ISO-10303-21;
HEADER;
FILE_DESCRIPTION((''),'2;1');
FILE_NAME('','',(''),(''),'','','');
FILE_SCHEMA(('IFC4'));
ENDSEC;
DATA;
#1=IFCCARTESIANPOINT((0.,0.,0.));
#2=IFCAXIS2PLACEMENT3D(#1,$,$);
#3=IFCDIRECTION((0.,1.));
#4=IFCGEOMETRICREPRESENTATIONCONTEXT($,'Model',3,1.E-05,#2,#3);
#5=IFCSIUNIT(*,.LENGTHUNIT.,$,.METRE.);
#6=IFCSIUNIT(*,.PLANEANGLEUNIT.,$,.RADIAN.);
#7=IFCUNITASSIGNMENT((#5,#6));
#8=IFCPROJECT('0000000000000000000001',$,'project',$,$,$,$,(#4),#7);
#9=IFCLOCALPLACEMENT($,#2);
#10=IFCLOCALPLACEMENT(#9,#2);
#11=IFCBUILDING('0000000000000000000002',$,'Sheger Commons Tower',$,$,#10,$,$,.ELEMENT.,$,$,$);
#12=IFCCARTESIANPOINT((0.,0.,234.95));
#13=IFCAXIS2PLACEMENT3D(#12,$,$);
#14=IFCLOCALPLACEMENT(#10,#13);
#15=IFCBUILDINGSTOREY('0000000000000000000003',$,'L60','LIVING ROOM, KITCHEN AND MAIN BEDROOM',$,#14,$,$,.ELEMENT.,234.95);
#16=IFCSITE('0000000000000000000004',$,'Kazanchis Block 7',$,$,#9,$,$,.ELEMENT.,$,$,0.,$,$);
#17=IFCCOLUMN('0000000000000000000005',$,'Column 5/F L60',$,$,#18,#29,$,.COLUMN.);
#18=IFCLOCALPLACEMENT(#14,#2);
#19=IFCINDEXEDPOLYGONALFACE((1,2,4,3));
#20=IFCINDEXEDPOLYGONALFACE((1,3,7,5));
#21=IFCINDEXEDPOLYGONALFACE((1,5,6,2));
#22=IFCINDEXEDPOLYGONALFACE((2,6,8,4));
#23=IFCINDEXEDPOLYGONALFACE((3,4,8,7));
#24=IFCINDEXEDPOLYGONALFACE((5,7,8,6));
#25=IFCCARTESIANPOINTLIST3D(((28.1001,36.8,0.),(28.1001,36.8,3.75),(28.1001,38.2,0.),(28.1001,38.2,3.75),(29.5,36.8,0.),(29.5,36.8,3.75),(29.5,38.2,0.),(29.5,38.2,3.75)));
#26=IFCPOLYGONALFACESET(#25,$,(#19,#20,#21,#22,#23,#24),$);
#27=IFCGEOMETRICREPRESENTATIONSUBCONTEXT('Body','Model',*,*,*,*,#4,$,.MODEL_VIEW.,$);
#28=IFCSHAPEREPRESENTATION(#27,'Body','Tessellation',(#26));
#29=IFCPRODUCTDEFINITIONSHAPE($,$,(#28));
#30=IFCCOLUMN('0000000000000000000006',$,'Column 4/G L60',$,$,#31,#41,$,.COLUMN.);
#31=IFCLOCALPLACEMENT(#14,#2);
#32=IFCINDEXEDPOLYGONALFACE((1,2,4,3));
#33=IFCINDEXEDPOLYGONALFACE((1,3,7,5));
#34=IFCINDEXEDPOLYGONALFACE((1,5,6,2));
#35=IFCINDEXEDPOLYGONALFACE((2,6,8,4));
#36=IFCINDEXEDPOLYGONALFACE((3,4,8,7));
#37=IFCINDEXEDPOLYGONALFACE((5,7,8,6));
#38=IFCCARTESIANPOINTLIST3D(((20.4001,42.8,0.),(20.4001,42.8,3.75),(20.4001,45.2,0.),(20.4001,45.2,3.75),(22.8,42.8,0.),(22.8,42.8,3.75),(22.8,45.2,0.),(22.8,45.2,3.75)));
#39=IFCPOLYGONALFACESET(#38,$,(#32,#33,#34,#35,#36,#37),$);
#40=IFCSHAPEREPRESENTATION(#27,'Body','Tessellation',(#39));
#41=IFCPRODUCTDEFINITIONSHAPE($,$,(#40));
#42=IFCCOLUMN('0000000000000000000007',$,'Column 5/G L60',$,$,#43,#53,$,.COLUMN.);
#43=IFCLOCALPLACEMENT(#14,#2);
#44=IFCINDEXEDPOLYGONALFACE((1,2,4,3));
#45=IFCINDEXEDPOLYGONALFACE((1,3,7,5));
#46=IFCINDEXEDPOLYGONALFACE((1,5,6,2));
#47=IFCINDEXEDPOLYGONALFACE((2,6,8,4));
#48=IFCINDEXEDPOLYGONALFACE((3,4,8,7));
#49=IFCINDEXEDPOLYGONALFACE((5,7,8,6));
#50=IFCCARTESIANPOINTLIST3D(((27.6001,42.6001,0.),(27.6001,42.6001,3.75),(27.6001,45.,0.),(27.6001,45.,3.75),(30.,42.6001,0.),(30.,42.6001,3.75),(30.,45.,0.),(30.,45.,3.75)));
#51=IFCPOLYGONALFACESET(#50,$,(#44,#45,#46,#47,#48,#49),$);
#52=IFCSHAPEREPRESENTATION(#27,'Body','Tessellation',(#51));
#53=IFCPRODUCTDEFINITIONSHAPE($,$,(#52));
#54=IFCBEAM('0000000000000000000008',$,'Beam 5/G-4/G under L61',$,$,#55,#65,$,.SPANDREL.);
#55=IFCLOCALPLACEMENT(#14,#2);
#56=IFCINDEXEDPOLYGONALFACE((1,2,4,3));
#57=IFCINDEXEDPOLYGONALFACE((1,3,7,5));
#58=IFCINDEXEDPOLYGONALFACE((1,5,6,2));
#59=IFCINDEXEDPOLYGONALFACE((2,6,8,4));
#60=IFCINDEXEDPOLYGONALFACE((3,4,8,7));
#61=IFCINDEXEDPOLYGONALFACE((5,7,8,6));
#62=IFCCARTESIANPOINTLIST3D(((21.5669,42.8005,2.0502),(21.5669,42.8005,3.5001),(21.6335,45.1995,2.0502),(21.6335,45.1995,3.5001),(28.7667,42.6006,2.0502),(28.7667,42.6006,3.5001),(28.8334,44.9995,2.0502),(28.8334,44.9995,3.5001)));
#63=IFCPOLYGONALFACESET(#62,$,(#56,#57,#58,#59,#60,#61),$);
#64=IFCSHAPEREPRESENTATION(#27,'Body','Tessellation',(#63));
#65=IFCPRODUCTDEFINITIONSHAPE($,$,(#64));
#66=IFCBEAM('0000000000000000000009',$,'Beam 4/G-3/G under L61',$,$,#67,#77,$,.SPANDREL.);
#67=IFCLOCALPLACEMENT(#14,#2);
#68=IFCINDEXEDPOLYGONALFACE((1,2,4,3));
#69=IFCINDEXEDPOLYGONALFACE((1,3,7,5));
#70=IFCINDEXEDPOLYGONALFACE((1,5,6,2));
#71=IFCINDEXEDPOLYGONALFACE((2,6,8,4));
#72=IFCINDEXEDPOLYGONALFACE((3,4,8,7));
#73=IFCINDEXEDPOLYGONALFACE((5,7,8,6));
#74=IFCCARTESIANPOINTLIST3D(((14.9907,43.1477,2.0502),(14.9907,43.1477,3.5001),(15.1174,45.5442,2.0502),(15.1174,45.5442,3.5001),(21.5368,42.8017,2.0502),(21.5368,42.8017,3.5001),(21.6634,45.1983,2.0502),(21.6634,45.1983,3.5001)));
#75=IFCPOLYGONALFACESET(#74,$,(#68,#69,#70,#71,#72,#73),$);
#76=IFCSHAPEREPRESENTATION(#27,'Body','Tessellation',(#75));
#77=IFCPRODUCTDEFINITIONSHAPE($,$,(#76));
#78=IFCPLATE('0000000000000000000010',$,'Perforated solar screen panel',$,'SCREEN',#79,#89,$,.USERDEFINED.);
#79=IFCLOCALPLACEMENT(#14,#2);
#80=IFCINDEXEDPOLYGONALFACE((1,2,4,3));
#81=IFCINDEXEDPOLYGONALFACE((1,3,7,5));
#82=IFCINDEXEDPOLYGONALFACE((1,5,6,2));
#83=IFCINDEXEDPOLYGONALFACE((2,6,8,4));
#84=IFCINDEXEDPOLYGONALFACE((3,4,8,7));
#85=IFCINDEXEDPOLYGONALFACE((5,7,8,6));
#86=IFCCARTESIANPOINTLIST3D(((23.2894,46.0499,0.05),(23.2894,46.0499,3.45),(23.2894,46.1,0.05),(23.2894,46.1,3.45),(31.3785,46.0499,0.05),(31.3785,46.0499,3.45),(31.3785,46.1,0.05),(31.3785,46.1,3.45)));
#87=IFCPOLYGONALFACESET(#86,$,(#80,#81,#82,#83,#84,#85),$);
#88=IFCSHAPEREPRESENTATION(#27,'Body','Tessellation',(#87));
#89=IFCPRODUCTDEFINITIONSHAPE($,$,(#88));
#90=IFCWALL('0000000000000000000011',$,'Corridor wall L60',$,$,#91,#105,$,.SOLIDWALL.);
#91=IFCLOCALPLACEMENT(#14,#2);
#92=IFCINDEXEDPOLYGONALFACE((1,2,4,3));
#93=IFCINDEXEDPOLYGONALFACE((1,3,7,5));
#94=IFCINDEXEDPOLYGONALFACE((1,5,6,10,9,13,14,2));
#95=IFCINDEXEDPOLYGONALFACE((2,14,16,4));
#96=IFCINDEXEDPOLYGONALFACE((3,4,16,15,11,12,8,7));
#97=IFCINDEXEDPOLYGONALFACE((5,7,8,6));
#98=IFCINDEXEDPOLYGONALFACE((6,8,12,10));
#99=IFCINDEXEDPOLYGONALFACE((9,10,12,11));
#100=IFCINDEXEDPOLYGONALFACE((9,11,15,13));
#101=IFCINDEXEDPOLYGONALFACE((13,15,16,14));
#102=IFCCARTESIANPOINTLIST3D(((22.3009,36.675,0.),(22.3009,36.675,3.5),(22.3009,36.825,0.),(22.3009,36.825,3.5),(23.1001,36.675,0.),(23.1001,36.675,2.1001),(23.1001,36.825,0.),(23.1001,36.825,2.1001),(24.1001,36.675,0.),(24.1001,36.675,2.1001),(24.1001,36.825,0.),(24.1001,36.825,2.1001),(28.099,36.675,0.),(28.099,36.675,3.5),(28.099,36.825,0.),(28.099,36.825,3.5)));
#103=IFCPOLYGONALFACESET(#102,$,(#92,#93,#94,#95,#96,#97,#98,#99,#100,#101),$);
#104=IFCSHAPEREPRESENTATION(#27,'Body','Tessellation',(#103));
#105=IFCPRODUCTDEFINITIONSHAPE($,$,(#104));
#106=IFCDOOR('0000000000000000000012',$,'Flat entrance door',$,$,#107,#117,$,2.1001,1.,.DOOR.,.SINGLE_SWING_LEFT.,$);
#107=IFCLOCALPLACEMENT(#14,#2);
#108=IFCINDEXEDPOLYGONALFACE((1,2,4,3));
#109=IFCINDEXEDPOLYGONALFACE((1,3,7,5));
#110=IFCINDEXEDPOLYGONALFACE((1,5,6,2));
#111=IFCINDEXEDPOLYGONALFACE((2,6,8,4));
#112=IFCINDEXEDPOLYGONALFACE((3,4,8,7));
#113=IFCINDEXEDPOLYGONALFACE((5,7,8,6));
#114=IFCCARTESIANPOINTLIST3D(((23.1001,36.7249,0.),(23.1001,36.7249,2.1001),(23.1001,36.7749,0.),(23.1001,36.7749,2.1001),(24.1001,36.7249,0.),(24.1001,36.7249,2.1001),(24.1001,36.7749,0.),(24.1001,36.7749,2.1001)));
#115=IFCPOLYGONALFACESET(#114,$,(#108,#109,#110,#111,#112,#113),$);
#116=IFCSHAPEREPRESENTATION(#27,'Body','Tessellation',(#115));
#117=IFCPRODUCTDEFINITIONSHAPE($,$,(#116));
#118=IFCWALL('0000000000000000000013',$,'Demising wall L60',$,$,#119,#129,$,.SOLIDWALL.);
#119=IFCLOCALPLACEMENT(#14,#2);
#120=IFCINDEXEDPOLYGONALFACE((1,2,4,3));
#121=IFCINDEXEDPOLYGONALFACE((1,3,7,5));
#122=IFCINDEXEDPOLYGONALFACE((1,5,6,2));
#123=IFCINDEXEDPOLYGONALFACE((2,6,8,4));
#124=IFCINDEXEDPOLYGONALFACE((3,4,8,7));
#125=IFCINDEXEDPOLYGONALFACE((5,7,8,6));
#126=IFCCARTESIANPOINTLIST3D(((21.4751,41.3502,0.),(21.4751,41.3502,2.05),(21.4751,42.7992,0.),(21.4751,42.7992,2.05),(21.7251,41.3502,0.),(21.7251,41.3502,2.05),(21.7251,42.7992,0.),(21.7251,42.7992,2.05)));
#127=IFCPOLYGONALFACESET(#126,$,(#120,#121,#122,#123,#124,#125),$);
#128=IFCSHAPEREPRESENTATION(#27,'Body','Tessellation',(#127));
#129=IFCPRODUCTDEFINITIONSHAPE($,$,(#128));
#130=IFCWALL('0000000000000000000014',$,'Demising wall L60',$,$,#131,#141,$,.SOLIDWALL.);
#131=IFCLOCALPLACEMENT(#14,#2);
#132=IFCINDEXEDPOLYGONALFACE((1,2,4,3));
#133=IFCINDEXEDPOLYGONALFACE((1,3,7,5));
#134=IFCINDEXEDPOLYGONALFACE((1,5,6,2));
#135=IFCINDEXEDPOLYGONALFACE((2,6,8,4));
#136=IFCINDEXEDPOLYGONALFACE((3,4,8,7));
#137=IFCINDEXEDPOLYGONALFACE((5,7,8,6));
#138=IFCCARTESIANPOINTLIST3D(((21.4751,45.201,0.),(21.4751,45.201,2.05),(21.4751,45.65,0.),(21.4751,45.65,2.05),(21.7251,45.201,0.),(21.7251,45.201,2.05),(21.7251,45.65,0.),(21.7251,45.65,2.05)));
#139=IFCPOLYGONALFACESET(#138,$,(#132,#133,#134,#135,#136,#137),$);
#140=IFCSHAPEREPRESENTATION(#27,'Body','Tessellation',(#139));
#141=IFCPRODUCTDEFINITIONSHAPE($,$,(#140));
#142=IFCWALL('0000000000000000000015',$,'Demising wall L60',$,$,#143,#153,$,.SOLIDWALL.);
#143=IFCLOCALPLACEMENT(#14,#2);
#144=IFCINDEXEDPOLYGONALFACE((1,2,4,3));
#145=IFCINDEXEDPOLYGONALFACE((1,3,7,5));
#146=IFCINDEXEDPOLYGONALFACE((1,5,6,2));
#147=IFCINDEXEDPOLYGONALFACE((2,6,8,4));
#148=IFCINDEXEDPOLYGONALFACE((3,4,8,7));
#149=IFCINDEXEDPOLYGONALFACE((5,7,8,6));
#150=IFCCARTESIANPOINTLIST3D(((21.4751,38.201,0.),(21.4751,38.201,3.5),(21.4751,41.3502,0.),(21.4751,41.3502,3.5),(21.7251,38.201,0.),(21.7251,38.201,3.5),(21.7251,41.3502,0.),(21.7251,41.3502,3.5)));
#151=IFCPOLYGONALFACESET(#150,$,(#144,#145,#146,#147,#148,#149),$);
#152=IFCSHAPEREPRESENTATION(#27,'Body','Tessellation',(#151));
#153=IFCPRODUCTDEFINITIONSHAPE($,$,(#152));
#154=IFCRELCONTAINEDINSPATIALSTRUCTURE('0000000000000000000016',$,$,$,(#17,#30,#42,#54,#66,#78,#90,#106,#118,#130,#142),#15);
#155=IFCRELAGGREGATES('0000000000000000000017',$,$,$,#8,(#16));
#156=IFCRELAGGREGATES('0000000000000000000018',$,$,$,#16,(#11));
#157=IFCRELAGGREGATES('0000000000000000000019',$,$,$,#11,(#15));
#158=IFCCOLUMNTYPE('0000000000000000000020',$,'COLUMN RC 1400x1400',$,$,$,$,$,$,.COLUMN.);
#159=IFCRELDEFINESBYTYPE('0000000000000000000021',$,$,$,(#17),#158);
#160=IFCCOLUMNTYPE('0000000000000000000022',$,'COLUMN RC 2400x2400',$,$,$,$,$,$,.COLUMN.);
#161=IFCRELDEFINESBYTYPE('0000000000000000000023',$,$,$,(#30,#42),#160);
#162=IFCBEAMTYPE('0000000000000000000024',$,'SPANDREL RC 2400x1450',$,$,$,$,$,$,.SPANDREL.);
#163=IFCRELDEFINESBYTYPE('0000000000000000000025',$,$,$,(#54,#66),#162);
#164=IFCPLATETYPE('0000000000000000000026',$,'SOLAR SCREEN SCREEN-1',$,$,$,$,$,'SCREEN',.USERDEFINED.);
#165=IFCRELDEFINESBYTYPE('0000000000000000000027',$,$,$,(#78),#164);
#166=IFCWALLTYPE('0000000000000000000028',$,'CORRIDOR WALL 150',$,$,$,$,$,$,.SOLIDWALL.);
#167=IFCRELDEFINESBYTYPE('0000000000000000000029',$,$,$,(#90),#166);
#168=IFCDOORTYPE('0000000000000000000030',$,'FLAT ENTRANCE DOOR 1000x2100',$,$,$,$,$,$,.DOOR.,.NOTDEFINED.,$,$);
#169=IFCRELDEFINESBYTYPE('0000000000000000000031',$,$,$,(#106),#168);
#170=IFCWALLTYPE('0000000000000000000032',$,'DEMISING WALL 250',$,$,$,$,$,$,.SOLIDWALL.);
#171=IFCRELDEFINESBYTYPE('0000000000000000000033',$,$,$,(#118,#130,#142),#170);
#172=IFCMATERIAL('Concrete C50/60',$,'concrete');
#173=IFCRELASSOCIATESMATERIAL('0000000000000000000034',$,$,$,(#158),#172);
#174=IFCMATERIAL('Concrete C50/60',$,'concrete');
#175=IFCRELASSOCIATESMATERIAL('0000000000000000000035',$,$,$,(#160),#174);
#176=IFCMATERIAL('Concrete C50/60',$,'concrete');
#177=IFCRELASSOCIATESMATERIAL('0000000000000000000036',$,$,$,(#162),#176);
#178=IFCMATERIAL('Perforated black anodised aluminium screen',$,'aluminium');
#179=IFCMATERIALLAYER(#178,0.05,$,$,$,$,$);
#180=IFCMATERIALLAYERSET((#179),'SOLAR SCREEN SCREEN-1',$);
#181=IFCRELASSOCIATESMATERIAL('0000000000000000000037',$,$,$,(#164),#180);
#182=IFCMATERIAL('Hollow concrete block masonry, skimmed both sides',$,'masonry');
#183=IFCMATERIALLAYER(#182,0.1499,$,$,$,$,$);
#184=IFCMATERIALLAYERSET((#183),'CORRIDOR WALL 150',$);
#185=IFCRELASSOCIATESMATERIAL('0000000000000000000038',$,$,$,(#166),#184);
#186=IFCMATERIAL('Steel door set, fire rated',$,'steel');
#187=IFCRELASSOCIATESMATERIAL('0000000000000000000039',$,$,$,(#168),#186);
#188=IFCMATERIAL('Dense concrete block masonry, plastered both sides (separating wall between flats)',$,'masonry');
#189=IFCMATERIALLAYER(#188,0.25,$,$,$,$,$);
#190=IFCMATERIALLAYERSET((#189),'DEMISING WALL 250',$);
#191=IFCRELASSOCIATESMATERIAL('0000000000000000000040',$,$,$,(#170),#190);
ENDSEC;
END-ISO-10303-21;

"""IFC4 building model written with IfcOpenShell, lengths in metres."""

from ifc_helpers import new_model, si_unit, direction, frame, frame_2d, origin, origin_2d, place, context, subcontext, project, spatial, rectangle, extrude, material, layer, layer_set, material_profile, profile_set, type_object, element, fill, save


model = new_model("IFC4")

# Units and contexts
model_context = context("Model", 3, precision=1e-05, world=origin(), true_north=direction((0.0, 1.0)))
body_context = subcontext(model_context, "Body", "Model", "MODEL_VIEW")
ifc_project = project(units=[si_unit("LENGTHUNIT", "METRE"), si_unit("PLANEANGLEUNIT", "RADIAN")], contexts=[model_context])

# Site, building, storey
site_placement = place(None, origin())
site = spatial("IfcSite", under=ifc_project, at=site_placement, Name="Kazanchis Block 7", CompositionType="ELEMENT", RefElevation=0.0)
building_placement = place(site_placement, origin())
building = spatial("IfcBuilding", under=site, at=building_placement, Name="Sheger Commons Tower", CompositionType="ELEMENT")
storey_placement = place(building_placement, frame((0.0, 0.0, 234.95)))
storey = spatial("IfcBuildingStorey", under=building, at=storey_placement, Name="L60", Description="LIVING ROOM, KITCHEN AND MAIN BEDROOM", CompositionType="ELEMENT", Elevation=234.95)

# Columns
ifc_material_1 = material(Name="Concrete C50/60", Category="concrete")
ifc_material_profile_1 = material_profile(ifc_material_1, rectangle(XDim=1.3999, YDim=1.3999, at=origin_2d()), Name="RC 1400x1400")
ifc_profile_set_1 = profile_set([ifc_material_profile_1], Name="Concrete C50/60")
column_type_1 = type_object("IfcColumnType", Name="COLUMN RC 1400x1400", PredefinedType="COLUMN", material=ifc_profile_set_1)
column_placement = place(storey_placement, frame((28.8, 37.5, 0.0), z_axis=(0.0, 0.0, 1.0), x_axis=(1.0, 0.0, 0.0)))
element("IfcColumn", 1, at=column_placement, inside=storey, type_object=column_type_1, Name="Column 5/F L60", PredefinedType="COLUMN", context=body_context, shape_type="SweptSolid", body=[
    extrude(rectangle(XDim=1.3999, YDim=1.3999, at=origin_2d()), origin(), (0.0, 0.0, 1.0), 3.75),
])
ifc_material_2 = material(Name="Concrete C50/60", Category="concrete")
ifc_material_profile_2 = material_profile(ifc_material_2, rectangle(XDim=2.3999, YDim=2.3999, at=origin_2d()), Name="RC 2400x2400")
ifc_profile_set_2 = profile_set([ifc_material_profile_2], Name="Concrete C50/60")
column_type_2 = type_object("IfcColumnType", Name="COLUMN RC 2400x2400", PredefinedType="COLUMN", material=ifc_profile_set_2)
for number, where, z_axis, x_axis, name in (
    (2, (21.6001, 44.0, 0.0), (0.0, 0.0, 1.0), (1.0, 0.0, 0.0), "Column 4/G L60"),
    (3, (28.8, 43.8, 0.0), (0.0, 0.0, 1.0), (1.0, 0.0, 0.0), "Column 5/G L60"),
):
    element("IfcColumn", number, at=place(storey_placement, frame(where, z_axis=z_axis, x_axis=x_axis)), inside=storey, type_object=column_type_2, Name=name, PredefinedType="COLUMN", context=body_context, shape_type="SweptSolid", body=[
        extrude(rectangle(XDim=2.3999, YDim=2.3999, at=origin_2d()), origin(), (0.0, 0.0, 1.0), 3.75),
    ])

# Beams
ifc_material_3 = material(Name="Concrete C50/60", Category="concrete")
ifc_material_profile_3 = material_profile(ifc_material_3, rectangle(XDim=2.3999, YDim=1.45, at=origin_2d()), Name="RC 2400x1450")
ifc_profile_set_3 = profile_set([ifc_material_profile_3], Name="Concrete C50/60")
beam_type = type_object("IfcBeamType", Name="SPANDREL RC 2400x1450", PredefinedType="SPANDREL", material=ifc_profile_set_3)
beam_1_placement = place(storey_placement, frame((28.8, 43.8, 2.7751), z_axis=(-0.999615, 0.02776, 0.0), x_axis=(-0.02776, -0.999615, 0.0)))
element("IfcBeam", 4, at=beam_1_placement, inside=storey, type_object=beam_type, Name="Beam 5/G-4/G under L61", PredefinedType="SPANDREL", context=body_context, shape_type="SweptSolid", body=[
    extrude(rectangle(XDim=2.3999, YDim=1.45, at=origin_2d()), origin(), (0.0, 0.0, 1.0), 7.2026),
])
beam_2_placement = place(storey_placement, frame((21.6001, 44.0, 2.7751), z_axis=(-0.998606, 0.052774, 0.0), x_axis=(-0.052774, -0.998606, 0.0)))
element("IfcBeam", 5, at=beam_2_placement, inside=storey, type_object=beam_type, Name="Beam 4/G-3/G under L61", PredefinedType="SPANDREL", context=body_context, shape_type="SweptSolid", body=[
    extrude(rectangle(XDim=2.3999, YDim=1.45, at=origin_2d()), origin(), (0.0, 0.0, 1.0), 6.5552),
])

# Plate
ifc_material_4 = material(Name="Perforated black anodised aluminium screen", Category="aluminium")
ifc_layer_1 = layer(ifc_material_4, 0.05)
ifc_layer_set_1 = layer_set([ifc_layer_1], Name="SOLAR SCREEN SCREEN-1")
plate_type = type_object("IfcPlateType", Name="SOLAR SCREEN SCREEN-1", ElementType="SCREEN", PredefinedType="USERDEFINED", material=ifc_layer_set_1)
plate_placement = place(storey_placement, frame((27.334, 46.075, 0.05), z_axis=(0.0, 0.0, 1.0), x_axis=(-1.0, 0.0, 0.0)))
element("IfcPlate", 6, at=plate_placement, inside=storey, type_object=plate_type, Name="Perforated solar screen panel", ObjectType="SCREEN", PredefinedType="USERDEFINED", context=body_context, shape_type="SweptSolid", body=[
    extrude(rectangle(XDim=8.0891, YDim=0.05, at=origin_2d()), origin(), (0.0, 0.0, 1.0), 3.3999),
])

# Wall, opening, door
ifc_material_5 = material(Name="Hollow concrete block masonry, skimmed both sides", Category="masonry")
ifc_layer_2 = layer(ifc_material_5, 0.1499)
ifc_layer_set_2 = layer_set([ifc_layer_2], Name="CORRIDOR WALL 150")
wall_type_1 = type_object("IfcWallType", Name="CORRIDOR WALL 150", PredefinedType="SOLIDWALL", material=ifc_layer_set_2)
wall_1_placement = place(storey_placement, frame((22.301, 36.75, 0.0), z_axis=(0.0, 0.0, 1.0), x_axis=(1.0, 0.0, 0.0)))
wall_1 = element("IfcWall", 7, at=wall_1_placement, inside=storey, type_object=wall_type_1, Name="Corridor wall L60", PredefinedType="SOLIDWALL", context=body_context, shape_type="SweptSolid", body=[
    extrude(rectangle(XDim=5.7981, YDim=0.1499, at=frame_2d((2.8989, 0.0))), origin(), (0.0, 0.0, 1.0), 3.5),
])
opening_1_placement = place(wall_1_placement, frame((0.7991, 0.0, 0.0)))
opening_1 = element("IfcOpeningElement", 8, at=opening_1_placement, cuts=wall_1, PredefinedType="OPENING", context=body_context, shape_type="SweptSolid", body=[
    extrude(rectangle(XDim=1.0, YDim=2.1001, at=frame_2d((0.5, 1.05))), frame((0.0, 0.085, 0.0), z_axis=(0.0, -1.0, 0.0), x_axis=(1.0, 0.0, 0.0)), (0.0, 0.0, 1.0), 0.1699),
])
ifc_material_6 = material(Name="Steel door set, fire rated", Category="steel")
door_type_1 = type_object("IfcDoorType", Name="FLAT ENTRANCE DOOR 1000x2100", OperationType="NOTDEFINED", PredefinedType="DOOR", material=ifc_material_6)
door_1_placement = place(opening_1_placement, origin())
door_1 = element("IfcDoor", 9, at=door_1_placement, inside=storey, type_object=door_type_1, Name="Flat entrance door", OperationType="SINGLE_SWING_LEFT", OverallHeight=2.1001, OverallWidth=1.0, PredefinedType="DOOR", context=body_context, shape_type="SweptSolid", body=[
    extrude(rectangle(XDim=1.0, YDim=2.1001, at=frame_2d((0.5, 1.05))), frame((0.0, 0.0249, 0.0), z_axis=(0.0, -1.0, 0.0), x_axis=(1.0, 0.0, 0.0)), (0.0, 0.0, 1.0), 0.05),
])
fill(opening_1, door_1)

# Walls
ifc_material_7 = material(Name="Dense concrete block masonry, plastered both sides (separating wall between flats)", Category="masonry")
ifc_layer_3 = layer(ifc_material_7, 0.25)
ifc_layer_set_3 = layer_set([ifc_layer_3], Name="DEMISING WALL 250")
wall_type_2 = type_object("IfcWallType", Name="DEMISING WALL 250", PredefinedType="SOLIDWALL", material=ifc_layer_set_3)
wall_2_placement = place(storey_placement, frame((21.6001, 41.3501, 0.0), z_axis=(0.0, 0.0, 1.0), x_axis=(0.0, 1.0, 0.0)))
element("IfcWall", 10, at=wall_2_placement, inside=storey, type_object=wall_type_2, Name="Demising wall L60", PredefinedType="SOLIDWALL", context=body_context, shape_type="SweptSolid", body=[
    extrude(rectangle(XDim=1.449, YDim=0.25, at=frame_2d((0.7246, 0.0))), origin(), (0.0, 0.0, 1.0), 2.05),
])
wall_3_placement = place(storey_placement, frame((21.6001, 45.2009, 0.0), z_axis=(0.0, 0.0, 1.0), x_axis=(0.0, 1.0, 0.0)))
element("IfcWall", 11, at=wall_3_placement, inside=storey, type_object=wall_type_2, Name="Demising wall L60", PredefinedType="SOLIDWALL", context=body_context, shape_type="SweptSolid", body=[
    extrude(rectangle(XDim=0.449, YDim=0.25, at=frame_2d((0.2246, 0.0))), origin(), (0.0, 0.0, 1.0), 2.05),
])
wall_4_placement = place(storey_placement, frame((21.6001, 38.2009, 0.0), z_axis=(0.0, 0.0, 1.0), x_axis=(0.0, 1.0, 0.0)))
element("IfcWall", 12, at=wall_4_placement, inside=storey, type_object=wall_type_2, Name="Demising wall L60", PredefinedType="SOLIDWALL", context=body_context, shape_type="SweptSolid", body=[
    extrude(rectangle(XDim=3.1492, YDim=0.25, at=frame_2d((1.5747, 0.0))), origin(), (0.0, 0.0, 1.0), 3.5),
])

save(model, "model.ifc")
